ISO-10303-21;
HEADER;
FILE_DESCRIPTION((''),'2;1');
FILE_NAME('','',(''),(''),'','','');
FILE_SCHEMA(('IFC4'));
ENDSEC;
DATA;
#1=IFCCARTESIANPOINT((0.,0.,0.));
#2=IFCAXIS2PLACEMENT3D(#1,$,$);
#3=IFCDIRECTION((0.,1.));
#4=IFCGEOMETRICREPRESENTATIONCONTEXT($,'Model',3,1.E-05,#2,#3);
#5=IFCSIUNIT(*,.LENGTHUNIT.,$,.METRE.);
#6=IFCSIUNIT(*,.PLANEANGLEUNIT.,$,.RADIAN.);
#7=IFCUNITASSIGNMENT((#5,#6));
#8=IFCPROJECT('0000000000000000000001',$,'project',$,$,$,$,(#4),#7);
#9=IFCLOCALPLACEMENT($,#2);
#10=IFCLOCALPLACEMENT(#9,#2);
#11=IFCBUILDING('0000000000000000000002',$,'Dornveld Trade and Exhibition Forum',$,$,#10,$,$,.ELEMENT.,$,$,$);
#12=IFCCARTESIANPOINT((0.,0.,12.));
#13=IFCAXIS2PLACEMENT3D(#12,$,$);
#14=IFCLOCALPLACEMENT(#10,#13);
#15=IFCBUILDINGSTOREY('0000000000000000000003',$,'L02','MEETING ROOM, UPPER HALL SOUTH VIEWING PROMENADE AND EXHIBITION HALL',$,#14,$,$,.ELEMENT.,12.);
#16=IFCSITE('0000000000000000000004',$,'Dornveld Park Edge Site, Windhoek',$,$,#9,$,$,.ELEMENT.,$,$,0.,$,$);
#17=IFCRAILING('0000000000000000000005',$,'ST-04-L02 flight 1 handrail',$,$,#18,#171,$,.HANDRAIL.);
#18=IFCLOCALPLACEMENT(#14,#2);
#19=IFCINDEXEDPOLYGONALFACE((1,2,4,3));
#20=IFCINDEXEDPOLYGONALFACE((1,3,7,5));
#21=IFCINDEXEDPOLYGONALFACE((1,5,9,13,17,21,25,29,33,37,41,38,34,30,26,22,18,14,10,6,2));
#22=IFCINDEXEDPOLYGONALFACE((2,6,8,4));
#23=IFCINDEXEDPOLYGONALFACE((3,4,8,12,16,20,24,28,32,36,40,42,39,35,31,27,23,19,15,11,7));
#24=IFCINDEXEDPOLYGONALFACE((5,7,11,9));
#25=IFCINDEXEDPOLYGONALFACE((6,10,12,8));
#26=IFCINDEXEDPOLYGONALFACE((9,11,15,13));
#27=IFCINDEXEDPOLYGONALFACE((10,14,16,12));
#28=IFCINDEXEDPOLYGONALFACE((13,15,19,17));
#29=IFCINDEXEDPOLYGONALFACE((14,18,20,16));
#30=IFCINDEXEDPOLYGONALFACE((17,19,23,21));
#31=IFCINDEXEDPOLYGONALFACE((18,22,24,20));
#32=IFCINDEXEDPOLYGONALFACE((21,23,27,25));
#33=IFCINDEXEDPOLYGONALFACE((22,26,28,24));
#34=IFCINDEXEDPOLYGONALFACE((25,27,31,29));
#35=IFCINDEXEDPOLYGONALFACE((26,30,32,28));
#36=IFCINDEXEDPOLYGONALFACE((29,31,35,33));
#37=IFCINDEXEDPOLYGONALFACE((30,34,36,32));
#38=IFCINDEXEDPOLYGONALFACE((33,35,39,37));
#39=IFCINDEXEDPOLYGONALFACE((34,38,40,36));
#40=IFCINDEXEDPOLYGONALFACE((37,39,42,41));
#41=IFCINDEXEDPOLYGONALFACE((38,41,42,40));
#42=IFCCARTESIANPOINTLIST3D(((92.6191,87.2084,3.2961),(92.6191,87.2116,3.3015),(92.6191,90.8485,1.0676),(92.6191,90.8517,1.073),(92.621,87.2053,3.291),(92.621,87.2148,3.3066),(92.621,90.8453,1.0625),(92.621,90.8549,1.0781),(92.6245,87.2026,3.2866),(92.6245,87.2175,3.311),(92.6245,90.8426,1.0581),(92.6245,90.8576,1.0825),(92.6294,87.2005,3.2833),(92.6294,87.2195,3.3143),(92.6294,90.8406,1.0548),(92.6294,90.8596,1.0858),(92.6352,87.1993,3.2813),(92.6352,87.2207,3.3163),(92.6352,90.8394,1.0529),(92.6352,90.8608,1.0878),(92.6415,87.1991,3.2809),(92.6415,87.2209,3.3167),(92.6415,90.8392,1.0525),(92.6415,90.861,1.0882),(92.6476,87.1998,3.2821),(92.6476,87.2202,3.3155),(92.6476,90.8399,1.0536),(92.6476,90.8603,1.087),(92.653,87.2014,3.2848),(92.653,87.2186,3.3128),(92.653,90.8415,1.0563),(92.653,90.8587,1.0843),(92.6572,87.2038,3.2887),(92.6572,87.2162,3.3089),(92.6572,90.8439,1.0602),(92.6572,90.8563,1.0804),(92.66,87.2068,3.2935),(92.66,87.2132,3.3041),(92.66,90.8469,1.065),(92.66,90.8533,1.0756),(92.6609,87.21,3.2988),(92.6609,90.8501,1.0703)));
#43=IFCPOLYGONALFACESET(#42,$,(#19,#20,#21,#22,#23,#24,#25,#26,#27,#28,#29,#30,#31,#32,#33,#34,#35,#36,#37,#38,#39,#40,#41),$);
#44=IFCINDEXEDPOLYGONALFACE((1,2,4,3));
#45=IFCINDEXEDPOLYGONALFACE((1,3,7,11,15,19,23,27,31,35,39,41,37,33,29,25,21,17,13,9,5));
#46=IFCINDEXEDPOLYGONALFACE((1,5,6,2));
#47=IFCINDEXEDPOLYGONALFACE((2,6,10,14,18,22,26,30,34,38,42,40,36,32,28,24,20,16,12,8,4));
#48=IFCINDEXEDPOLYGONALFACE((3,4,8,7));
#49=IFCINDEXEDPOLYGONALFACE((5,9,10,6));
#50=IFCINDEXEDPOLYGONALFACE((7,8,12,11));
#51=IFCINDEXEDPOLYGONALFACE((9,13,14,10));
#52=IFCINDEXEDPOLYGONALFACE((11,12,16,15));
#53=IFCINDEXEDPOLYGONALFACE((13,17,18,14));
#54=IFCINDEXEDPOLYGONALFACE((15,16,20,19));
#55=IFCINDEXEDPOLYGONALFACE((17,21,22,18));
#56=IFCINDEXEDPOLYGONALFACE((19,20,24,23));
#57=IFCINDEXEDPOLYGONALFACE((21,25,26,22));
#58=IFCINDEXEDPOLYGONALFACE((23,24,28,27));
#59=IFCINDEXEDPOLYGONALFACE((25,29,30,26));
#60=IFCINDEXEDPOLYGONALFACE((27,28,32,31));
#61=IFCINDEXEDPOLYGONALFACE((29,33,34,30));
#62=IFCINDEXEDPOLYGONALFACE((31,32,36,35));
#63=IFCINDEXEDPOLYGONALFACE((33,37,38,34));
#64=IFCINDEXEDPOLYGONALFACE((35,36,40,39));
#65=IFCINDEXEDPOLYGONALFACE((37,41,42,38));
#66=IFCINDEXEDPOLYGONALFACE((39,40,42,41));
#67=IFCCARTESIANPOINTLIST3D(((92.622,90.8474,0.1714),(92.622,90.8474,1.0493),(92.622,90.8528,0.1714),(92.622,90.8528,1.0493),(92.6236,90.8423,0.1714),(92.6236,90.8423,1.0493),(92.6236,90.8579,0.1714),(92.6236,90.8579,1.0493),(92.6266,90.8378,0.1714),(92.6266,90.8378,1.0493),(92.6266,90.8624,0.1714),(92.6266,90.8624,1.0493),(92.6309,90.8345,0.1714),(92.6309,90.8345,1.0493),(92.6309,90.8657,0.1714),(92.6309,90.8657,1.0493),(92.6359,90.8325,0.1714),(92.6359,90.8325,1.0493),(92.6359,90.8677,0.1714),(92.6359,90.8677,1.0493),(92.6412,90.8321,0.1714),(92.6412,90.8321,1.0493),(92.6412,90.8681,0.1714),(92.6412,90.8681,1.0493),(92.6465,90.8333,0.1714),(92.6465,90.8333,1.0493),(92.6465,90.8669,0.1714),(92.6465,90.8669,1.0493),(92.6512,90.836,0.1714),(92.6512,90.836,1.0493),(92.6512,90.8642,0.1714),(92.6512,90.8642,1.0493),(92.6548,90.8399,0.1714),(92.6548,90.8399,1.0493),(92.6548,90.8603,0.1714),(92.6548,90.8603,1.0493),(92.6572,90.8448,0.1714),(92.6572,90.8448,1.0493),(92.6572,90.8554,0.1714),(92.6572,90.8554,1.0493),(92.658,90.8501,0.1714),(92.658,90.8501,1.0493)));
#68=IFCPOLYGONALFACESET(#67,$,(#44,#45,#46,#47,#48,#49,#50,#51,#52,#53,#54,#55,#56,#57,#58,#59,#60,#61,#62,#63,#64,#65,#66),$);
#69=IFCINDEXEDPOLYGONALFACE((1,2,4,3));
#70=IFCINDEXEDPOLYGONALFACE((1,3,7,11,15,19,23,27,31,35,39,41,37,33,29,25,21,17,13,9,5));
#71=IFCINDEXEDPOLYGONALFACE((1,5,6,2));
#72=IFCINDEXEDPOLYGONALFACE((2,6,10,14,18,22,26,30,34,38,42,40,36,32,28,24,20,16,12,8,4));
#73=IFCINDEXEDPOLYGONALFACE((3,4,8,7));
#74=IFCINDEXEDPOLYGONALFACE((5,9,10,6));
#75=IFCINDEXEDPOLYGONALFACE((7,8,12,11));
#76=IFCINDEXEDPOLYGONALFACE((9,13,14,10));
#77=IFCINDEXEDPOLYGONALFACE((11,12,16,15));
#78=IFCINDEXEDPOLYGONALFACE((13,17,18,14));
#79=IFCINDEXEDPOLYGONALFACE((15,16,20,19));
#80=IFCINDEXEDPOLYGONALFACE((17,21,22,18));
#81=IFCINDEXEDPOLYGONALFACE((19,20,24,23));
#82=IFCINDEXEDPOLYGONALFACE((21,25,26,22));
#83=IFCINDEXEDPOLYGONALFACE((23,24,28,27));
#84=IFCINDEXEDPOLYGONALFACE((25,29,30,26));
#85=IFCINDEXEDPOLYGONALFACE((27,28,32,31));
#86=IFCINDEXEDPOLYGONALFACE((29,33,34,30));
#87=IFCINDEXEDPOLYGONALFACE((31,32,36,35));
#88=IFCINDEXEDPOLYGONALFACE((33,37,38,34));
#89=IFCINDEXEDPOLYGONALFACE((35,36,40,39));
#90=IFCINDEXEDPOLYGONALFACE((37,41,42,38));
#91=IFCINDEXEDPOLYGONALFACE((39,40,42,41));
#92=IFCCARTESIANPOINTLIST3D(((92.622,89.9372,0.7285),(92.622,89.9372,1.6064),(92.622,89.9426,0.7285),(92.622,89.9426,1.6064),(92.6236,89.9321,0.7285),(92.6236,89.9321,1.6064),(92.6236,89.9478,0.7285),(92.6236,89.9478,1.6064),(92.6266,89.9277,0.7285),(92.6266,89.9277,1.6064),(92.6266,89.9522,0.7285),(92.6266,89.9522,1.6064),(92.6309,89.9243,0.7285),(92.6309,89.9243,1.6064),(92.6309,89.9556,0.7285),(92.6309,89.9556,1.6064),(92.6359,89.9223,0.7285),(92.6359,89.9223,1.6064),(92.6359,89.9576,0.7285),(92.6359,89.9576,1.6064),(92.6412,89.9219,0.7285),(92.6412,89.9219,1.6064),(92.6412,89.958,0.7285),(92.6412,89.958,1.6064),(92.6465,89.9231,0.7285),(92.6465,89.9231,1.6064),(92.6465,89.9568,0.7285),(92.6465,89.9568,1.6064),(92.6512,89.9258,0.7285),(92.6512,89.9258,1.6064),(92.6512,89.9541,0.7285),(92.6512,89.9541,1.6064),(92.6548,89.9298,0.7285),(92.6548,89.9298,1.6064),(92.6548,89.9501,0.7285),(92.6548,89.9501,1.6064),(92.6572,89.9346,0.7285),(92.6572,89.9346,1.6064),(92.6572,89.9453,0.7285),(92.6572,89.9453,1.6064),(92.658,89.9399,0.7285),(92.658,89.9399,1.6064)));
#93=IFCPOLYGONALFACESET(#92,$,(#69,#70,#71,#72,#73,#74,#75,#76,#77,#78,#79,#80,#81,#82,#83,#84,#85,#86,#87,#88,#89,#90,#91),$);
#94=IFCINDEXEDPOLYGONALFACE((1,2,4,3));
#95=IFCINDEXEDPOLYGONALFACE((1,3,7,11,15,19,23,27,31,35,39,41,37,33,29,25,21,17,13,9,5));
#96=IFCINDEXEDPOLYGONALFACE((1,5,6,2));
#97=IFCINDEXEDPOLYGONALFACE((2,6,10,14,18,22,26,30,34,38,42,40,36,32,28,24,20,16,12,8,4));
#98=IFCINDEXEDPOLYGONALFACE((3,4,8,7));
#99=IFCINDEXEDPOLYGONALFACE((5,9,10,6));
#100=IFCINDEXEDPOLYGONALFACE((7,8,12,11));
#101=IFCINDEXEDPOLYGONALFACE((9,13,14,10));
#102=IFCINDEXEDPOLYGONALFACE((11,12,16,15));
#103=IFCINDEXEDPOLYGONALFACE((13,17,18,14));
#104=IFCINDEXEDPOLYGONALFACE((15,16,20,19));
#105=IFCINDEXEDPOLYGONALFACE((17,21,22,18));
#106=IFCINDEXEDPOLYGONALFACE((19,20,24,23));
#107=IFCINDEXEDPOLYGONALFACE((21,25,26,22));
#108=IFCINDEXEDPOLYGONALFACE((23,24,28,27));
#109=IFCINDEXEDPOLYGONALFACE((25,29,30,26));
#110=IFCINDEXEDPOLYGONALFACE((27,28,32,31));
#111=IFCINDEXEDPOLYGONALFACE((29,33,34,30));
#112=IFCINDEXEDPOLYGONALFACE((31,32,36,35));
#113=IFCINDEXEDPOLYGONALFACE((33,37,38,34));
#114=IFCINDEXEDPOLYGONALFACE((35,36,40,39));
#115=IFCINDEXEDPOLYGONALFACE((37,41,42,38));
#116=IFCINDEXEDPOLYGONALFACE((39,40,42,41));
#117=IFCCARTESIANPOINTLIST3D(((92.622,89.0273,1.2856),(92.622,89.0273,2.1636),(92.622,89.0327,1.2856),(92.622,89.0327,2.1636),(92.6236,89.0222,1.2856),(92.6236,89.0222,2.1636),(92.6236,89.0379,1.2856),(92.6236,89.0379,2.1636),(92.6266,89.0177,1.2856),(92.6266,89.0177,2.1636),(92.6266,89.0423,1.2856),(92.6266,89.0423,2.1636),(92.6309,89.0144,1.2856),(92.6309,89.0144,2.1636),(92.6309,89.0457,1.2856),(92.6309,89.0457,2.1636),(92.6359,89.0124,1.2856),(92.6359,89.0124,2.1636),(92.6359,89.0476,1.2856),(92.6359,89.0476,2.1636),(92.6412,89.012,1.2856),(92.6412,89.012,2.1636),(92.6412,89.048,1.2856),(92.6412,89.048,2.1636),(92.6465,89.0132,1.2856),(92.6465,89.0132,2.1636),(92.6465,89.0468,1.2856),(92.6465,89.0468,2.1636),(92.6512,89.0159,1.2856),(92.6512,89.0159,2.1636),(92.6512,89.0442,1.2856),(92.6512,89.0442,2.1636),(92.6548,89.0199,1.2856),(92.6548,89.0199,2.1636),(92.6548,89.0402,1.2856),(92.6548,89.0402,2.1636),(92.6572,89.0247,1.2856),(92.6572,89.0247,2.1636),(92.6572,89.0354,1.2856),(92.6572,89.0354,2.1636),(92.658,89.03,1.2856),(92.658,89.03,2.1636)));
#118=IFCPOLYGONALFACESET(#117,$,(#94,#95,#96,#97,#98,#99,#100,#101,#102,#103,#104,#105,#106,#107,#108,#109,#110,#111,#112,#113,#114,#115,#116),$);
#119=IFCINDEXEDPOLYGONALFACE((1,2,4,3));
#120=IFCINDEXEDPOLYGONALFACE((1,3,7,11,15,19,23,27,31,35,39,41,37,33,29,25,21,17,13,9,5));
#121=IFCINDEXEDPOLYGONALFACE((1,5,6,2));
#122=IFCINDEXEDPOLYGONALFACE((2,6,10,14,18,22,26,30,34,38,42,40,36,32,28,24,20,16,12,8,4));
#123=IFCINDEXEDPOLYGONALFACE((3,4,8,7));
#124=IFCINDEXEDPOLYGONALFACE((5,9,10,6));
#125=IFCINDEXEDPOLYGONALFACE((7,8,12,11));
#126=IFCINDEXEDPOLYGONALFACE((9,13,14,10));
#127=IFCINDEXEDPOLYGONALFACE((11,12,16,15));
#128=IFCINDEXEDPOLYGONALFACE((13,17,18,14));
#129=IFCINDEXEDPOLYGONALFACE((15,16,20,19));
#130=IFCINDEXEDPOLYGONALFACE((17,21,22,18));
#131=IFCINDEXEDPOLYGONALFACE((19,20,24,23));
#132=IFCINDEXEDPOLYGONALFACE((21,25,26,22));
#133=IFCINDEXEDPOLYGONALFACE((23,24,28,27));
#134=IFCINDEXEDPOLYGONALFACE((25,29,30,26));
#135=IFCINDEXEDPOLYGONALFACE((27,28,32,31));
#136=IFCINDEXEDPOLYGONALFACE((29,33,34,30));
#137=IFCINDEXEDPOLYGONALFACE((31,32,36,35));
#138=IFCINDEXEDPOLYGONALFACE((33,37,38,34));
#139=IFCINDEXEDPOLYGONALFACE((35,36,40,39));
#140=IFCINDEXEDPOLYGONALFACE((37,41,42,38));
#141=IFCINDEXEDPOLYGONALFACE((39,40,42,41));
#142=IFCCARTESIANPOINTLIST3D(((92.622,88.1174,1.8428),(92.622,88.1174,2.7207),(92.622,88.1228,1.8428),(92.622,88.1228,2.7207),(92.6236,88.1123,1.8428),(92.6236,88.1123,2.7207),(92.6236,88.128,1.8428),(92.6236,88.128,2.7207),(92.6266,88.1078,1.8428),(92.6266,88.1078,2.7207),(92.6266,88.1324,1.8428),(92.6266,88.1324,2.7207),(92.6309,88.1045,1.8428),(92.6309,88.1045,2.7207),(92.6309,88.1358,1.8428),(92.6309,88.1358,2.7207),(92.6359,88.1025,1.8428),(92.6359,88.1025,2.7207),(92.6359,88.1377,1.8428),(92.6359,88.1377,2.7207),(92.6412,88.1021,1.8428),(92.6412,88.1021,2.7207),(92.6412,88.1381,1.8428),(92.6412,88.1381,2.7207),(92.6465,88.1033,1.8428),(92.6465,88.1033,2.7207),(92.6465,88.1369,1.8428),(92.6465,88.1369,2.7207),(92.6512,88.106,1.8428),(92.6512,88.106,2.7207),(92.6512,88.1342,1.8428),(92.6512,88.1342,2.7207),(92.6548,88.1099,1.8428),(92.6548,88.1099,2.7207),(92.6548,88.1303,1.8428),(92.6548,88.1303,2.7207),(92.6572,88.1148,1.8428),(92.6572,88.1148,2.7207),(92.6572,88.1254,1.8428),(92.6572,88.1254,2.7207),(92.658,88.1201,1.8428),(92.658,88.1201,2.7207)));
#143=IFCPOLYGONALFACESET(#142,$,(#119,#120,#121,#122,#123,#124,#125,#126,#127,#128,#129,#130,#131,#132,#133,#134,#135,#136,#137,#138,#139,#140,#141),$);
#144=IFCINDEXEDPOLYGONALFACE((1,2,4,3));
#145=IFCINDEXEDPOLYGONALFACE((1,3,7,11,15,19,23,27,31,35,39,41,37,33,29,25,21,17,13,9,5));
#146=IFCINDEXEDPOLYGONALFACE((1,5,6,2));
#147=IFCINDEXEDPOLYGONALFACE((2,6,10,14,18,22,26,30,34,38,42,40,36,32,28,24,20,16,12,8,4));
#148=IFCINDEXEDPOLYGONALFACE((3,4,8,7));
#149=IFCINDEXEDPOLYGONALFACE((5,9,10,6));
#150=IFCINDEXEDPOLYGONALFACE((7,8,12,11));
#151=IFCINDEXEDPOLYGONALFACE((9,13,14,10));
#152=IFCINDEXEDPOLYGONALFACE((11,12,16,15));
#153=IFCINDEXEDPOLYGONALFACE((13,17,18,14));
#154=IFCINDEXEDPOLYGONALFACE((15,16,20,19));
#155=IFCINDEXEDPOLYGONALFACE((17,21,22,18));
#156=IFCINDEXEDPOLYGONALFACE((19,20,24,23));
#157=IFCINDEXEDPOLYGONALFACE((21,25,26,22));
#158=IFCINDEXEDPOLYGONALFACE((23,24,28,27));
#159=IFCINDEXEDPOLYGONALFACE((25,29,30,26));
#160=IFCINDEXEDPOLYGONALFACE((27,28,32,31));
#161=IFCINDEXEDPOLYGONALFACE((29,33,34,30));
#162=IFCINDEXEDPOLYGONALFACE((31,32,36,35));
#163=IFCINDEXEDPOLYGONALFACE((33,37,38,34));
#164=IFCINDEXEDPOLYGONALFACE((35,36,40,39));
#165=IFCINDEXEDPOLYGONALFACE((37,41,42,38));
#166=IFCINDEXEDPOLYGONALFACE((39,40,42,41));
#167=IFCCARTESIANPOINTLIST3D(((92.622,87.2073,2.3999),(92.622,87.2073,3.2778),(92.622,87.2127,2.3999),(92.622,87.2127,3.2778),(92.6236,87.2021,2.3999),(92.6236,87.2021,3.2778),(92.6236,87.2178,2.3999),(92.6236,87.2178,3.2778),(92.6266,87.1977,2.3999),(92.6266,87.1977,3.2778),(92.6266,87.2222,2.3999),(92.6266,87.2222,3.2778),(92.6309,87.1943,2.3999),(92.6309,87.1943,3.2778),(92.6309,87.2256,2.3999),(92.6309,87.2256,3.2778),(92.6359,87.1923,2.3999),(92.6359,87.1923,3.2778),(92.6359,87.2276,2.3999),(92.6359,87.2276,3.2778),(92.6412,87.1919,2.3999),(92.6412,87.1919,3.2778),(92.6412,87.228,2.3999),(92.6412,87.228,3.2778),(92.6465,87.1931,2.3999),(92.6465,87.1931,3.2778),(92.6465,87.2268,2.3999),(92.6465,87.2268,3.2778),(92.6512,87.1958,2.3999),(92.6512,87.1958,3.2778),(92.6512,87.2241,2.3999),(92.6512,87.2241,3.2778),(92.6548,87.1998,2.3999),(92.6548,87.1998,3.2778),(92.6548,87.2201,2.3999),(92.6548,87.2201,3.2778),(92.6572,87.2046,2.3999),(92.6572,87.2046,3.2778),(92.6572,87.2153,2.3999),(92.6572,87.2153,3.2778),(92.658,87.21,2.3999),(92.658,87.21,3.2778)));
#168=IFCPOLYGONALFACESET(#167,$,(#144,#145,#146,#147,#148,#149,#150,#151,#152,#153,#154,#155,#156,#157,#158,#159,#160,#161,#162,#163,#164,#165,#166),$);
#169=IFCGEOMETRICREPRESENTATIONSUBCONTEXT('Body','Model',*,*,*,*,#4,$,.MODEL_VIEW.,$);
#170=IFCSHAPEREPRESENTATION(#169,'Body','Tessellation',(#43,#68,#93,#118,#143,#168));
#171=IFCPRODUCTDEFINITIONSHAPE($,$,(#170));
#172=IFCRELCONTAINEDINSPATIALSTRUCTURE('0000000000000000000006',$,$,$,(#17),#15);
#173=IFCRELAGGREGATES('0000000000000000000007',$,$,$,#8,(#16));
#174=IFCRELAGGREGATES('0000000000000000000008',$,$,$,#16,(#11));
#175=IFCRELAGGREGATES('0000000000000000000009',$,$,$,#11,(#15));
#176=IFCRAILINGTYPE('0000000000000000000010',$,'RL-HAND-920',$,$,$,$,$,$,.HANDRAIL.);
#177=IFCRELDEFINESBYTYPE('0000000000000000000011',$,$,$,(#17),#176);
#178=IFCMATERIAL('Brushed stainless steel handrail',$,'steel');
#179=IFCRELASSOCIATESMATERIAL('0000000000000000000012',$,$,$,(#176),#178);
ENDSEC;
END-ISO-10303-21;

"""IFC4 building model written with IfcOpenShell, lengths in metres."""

from ifc_helpers import new_model, si_unit, direction, frame, origin, origin_2d, place, context, subcontext, project, spatial, circle, extrude, material, type_object, element, save


model = new_model("IFC4")

# Units and contexts
model_context = context("Model", 3, precision=1e-05, world=origin(), true_north=direction((0.0, 1.0)))
body_context = subcontext(model_context, "Body", "Model", "MODEL_VIEW")
ifc_project = project(units=[si_unit("LENGTHUNIT", "METRE"), si_unit("PLANEANGLEUNIT", "RADIAN")], contexts=[model_context])

# Site, building, storey
site_placement = place(None, origin())
site = spatial("IfcSite", under=ifc_project, at=site_placement, Name="Dornveld Park Edge Site, Windhoek", CompositionType="ELEMENT", RefElevation=0.0)
building_placement = place(site_placement, origin())
building = spatial("IfcBuilding", under=site, at=building_placement, Name="Dornveld Trade and Exhibition Forum", CompositionType="ELEMENT")
storey_placement = place(building_placement, frame((0.0, 0.0, 12.0)))
storey = spatial("IfcBuildingStorey", under=building, at=storey_placement, Name="L02", Description="MEETING ROOM, UPPER HALL SOUTH VIEWING PROMENADE AND EXHIBITION HALL", CompositionType="ELEMENT", Elevation=12.0)

# Railing
ifc_material_1 = material(Name="Brushed stainless steel handrail", Category="steel")
railing_type_1 = type_object("IfcRailingType", Name="RL-HAND-920", PredefinedType="HANDRAIL", material=ifc_material_1)
railing_1_placement = place(storey_placement, frame((92.6399, 90.8501, 0.1714)))
element("IfcRailing", 1, at=railing_1_placement, inside=storey, type_object=railing_type_1, Name="ST-04-L02 flight 1 handrail", PredefinedType="HANDRAIL", context=body_context, shape_type="SweptSolid", body=[
    extrude(circle(Radius=0.021, at=origin_2d()), frame((0.0, 0.0, 0.8989), z_axis=(0.0, -0.852866, 0.52213), x_axis=(1.0, 0.0, 0.0)), (0.0, 0.0, 1.0), 4.2681),
    extrude(circle(Radius=0.0181, at=origin_2d()), origin(), (0.0, 0.0, 1.0), 0.8779),
    extrude(circle(Radius=0.0181, at=origin_2d()), frame((0.0, -0.9102, 0.5571)), (0.0, 0.0, 1.0), 0.8779),
    extrude(circle(Radius=0.0181, at=origin_2d()), frame((0.0, -1.8201, 1.1143)), (0.0, 0.0, 1.0), 0.8779),
    extrude(circle(Radius=0.0181, at=origin_2d()), frame((0.0, -2.73, 1.6714)), (0.0, 0.0, 1.0), 0.8779),
    extrude(circle(Radius=0.0181, at=origin_2d()), frame((0.0, -3.6401, 2.2285)), (0.0, 0.0, 1.0), 0.8779),
])

save(model, "model.ifc")
